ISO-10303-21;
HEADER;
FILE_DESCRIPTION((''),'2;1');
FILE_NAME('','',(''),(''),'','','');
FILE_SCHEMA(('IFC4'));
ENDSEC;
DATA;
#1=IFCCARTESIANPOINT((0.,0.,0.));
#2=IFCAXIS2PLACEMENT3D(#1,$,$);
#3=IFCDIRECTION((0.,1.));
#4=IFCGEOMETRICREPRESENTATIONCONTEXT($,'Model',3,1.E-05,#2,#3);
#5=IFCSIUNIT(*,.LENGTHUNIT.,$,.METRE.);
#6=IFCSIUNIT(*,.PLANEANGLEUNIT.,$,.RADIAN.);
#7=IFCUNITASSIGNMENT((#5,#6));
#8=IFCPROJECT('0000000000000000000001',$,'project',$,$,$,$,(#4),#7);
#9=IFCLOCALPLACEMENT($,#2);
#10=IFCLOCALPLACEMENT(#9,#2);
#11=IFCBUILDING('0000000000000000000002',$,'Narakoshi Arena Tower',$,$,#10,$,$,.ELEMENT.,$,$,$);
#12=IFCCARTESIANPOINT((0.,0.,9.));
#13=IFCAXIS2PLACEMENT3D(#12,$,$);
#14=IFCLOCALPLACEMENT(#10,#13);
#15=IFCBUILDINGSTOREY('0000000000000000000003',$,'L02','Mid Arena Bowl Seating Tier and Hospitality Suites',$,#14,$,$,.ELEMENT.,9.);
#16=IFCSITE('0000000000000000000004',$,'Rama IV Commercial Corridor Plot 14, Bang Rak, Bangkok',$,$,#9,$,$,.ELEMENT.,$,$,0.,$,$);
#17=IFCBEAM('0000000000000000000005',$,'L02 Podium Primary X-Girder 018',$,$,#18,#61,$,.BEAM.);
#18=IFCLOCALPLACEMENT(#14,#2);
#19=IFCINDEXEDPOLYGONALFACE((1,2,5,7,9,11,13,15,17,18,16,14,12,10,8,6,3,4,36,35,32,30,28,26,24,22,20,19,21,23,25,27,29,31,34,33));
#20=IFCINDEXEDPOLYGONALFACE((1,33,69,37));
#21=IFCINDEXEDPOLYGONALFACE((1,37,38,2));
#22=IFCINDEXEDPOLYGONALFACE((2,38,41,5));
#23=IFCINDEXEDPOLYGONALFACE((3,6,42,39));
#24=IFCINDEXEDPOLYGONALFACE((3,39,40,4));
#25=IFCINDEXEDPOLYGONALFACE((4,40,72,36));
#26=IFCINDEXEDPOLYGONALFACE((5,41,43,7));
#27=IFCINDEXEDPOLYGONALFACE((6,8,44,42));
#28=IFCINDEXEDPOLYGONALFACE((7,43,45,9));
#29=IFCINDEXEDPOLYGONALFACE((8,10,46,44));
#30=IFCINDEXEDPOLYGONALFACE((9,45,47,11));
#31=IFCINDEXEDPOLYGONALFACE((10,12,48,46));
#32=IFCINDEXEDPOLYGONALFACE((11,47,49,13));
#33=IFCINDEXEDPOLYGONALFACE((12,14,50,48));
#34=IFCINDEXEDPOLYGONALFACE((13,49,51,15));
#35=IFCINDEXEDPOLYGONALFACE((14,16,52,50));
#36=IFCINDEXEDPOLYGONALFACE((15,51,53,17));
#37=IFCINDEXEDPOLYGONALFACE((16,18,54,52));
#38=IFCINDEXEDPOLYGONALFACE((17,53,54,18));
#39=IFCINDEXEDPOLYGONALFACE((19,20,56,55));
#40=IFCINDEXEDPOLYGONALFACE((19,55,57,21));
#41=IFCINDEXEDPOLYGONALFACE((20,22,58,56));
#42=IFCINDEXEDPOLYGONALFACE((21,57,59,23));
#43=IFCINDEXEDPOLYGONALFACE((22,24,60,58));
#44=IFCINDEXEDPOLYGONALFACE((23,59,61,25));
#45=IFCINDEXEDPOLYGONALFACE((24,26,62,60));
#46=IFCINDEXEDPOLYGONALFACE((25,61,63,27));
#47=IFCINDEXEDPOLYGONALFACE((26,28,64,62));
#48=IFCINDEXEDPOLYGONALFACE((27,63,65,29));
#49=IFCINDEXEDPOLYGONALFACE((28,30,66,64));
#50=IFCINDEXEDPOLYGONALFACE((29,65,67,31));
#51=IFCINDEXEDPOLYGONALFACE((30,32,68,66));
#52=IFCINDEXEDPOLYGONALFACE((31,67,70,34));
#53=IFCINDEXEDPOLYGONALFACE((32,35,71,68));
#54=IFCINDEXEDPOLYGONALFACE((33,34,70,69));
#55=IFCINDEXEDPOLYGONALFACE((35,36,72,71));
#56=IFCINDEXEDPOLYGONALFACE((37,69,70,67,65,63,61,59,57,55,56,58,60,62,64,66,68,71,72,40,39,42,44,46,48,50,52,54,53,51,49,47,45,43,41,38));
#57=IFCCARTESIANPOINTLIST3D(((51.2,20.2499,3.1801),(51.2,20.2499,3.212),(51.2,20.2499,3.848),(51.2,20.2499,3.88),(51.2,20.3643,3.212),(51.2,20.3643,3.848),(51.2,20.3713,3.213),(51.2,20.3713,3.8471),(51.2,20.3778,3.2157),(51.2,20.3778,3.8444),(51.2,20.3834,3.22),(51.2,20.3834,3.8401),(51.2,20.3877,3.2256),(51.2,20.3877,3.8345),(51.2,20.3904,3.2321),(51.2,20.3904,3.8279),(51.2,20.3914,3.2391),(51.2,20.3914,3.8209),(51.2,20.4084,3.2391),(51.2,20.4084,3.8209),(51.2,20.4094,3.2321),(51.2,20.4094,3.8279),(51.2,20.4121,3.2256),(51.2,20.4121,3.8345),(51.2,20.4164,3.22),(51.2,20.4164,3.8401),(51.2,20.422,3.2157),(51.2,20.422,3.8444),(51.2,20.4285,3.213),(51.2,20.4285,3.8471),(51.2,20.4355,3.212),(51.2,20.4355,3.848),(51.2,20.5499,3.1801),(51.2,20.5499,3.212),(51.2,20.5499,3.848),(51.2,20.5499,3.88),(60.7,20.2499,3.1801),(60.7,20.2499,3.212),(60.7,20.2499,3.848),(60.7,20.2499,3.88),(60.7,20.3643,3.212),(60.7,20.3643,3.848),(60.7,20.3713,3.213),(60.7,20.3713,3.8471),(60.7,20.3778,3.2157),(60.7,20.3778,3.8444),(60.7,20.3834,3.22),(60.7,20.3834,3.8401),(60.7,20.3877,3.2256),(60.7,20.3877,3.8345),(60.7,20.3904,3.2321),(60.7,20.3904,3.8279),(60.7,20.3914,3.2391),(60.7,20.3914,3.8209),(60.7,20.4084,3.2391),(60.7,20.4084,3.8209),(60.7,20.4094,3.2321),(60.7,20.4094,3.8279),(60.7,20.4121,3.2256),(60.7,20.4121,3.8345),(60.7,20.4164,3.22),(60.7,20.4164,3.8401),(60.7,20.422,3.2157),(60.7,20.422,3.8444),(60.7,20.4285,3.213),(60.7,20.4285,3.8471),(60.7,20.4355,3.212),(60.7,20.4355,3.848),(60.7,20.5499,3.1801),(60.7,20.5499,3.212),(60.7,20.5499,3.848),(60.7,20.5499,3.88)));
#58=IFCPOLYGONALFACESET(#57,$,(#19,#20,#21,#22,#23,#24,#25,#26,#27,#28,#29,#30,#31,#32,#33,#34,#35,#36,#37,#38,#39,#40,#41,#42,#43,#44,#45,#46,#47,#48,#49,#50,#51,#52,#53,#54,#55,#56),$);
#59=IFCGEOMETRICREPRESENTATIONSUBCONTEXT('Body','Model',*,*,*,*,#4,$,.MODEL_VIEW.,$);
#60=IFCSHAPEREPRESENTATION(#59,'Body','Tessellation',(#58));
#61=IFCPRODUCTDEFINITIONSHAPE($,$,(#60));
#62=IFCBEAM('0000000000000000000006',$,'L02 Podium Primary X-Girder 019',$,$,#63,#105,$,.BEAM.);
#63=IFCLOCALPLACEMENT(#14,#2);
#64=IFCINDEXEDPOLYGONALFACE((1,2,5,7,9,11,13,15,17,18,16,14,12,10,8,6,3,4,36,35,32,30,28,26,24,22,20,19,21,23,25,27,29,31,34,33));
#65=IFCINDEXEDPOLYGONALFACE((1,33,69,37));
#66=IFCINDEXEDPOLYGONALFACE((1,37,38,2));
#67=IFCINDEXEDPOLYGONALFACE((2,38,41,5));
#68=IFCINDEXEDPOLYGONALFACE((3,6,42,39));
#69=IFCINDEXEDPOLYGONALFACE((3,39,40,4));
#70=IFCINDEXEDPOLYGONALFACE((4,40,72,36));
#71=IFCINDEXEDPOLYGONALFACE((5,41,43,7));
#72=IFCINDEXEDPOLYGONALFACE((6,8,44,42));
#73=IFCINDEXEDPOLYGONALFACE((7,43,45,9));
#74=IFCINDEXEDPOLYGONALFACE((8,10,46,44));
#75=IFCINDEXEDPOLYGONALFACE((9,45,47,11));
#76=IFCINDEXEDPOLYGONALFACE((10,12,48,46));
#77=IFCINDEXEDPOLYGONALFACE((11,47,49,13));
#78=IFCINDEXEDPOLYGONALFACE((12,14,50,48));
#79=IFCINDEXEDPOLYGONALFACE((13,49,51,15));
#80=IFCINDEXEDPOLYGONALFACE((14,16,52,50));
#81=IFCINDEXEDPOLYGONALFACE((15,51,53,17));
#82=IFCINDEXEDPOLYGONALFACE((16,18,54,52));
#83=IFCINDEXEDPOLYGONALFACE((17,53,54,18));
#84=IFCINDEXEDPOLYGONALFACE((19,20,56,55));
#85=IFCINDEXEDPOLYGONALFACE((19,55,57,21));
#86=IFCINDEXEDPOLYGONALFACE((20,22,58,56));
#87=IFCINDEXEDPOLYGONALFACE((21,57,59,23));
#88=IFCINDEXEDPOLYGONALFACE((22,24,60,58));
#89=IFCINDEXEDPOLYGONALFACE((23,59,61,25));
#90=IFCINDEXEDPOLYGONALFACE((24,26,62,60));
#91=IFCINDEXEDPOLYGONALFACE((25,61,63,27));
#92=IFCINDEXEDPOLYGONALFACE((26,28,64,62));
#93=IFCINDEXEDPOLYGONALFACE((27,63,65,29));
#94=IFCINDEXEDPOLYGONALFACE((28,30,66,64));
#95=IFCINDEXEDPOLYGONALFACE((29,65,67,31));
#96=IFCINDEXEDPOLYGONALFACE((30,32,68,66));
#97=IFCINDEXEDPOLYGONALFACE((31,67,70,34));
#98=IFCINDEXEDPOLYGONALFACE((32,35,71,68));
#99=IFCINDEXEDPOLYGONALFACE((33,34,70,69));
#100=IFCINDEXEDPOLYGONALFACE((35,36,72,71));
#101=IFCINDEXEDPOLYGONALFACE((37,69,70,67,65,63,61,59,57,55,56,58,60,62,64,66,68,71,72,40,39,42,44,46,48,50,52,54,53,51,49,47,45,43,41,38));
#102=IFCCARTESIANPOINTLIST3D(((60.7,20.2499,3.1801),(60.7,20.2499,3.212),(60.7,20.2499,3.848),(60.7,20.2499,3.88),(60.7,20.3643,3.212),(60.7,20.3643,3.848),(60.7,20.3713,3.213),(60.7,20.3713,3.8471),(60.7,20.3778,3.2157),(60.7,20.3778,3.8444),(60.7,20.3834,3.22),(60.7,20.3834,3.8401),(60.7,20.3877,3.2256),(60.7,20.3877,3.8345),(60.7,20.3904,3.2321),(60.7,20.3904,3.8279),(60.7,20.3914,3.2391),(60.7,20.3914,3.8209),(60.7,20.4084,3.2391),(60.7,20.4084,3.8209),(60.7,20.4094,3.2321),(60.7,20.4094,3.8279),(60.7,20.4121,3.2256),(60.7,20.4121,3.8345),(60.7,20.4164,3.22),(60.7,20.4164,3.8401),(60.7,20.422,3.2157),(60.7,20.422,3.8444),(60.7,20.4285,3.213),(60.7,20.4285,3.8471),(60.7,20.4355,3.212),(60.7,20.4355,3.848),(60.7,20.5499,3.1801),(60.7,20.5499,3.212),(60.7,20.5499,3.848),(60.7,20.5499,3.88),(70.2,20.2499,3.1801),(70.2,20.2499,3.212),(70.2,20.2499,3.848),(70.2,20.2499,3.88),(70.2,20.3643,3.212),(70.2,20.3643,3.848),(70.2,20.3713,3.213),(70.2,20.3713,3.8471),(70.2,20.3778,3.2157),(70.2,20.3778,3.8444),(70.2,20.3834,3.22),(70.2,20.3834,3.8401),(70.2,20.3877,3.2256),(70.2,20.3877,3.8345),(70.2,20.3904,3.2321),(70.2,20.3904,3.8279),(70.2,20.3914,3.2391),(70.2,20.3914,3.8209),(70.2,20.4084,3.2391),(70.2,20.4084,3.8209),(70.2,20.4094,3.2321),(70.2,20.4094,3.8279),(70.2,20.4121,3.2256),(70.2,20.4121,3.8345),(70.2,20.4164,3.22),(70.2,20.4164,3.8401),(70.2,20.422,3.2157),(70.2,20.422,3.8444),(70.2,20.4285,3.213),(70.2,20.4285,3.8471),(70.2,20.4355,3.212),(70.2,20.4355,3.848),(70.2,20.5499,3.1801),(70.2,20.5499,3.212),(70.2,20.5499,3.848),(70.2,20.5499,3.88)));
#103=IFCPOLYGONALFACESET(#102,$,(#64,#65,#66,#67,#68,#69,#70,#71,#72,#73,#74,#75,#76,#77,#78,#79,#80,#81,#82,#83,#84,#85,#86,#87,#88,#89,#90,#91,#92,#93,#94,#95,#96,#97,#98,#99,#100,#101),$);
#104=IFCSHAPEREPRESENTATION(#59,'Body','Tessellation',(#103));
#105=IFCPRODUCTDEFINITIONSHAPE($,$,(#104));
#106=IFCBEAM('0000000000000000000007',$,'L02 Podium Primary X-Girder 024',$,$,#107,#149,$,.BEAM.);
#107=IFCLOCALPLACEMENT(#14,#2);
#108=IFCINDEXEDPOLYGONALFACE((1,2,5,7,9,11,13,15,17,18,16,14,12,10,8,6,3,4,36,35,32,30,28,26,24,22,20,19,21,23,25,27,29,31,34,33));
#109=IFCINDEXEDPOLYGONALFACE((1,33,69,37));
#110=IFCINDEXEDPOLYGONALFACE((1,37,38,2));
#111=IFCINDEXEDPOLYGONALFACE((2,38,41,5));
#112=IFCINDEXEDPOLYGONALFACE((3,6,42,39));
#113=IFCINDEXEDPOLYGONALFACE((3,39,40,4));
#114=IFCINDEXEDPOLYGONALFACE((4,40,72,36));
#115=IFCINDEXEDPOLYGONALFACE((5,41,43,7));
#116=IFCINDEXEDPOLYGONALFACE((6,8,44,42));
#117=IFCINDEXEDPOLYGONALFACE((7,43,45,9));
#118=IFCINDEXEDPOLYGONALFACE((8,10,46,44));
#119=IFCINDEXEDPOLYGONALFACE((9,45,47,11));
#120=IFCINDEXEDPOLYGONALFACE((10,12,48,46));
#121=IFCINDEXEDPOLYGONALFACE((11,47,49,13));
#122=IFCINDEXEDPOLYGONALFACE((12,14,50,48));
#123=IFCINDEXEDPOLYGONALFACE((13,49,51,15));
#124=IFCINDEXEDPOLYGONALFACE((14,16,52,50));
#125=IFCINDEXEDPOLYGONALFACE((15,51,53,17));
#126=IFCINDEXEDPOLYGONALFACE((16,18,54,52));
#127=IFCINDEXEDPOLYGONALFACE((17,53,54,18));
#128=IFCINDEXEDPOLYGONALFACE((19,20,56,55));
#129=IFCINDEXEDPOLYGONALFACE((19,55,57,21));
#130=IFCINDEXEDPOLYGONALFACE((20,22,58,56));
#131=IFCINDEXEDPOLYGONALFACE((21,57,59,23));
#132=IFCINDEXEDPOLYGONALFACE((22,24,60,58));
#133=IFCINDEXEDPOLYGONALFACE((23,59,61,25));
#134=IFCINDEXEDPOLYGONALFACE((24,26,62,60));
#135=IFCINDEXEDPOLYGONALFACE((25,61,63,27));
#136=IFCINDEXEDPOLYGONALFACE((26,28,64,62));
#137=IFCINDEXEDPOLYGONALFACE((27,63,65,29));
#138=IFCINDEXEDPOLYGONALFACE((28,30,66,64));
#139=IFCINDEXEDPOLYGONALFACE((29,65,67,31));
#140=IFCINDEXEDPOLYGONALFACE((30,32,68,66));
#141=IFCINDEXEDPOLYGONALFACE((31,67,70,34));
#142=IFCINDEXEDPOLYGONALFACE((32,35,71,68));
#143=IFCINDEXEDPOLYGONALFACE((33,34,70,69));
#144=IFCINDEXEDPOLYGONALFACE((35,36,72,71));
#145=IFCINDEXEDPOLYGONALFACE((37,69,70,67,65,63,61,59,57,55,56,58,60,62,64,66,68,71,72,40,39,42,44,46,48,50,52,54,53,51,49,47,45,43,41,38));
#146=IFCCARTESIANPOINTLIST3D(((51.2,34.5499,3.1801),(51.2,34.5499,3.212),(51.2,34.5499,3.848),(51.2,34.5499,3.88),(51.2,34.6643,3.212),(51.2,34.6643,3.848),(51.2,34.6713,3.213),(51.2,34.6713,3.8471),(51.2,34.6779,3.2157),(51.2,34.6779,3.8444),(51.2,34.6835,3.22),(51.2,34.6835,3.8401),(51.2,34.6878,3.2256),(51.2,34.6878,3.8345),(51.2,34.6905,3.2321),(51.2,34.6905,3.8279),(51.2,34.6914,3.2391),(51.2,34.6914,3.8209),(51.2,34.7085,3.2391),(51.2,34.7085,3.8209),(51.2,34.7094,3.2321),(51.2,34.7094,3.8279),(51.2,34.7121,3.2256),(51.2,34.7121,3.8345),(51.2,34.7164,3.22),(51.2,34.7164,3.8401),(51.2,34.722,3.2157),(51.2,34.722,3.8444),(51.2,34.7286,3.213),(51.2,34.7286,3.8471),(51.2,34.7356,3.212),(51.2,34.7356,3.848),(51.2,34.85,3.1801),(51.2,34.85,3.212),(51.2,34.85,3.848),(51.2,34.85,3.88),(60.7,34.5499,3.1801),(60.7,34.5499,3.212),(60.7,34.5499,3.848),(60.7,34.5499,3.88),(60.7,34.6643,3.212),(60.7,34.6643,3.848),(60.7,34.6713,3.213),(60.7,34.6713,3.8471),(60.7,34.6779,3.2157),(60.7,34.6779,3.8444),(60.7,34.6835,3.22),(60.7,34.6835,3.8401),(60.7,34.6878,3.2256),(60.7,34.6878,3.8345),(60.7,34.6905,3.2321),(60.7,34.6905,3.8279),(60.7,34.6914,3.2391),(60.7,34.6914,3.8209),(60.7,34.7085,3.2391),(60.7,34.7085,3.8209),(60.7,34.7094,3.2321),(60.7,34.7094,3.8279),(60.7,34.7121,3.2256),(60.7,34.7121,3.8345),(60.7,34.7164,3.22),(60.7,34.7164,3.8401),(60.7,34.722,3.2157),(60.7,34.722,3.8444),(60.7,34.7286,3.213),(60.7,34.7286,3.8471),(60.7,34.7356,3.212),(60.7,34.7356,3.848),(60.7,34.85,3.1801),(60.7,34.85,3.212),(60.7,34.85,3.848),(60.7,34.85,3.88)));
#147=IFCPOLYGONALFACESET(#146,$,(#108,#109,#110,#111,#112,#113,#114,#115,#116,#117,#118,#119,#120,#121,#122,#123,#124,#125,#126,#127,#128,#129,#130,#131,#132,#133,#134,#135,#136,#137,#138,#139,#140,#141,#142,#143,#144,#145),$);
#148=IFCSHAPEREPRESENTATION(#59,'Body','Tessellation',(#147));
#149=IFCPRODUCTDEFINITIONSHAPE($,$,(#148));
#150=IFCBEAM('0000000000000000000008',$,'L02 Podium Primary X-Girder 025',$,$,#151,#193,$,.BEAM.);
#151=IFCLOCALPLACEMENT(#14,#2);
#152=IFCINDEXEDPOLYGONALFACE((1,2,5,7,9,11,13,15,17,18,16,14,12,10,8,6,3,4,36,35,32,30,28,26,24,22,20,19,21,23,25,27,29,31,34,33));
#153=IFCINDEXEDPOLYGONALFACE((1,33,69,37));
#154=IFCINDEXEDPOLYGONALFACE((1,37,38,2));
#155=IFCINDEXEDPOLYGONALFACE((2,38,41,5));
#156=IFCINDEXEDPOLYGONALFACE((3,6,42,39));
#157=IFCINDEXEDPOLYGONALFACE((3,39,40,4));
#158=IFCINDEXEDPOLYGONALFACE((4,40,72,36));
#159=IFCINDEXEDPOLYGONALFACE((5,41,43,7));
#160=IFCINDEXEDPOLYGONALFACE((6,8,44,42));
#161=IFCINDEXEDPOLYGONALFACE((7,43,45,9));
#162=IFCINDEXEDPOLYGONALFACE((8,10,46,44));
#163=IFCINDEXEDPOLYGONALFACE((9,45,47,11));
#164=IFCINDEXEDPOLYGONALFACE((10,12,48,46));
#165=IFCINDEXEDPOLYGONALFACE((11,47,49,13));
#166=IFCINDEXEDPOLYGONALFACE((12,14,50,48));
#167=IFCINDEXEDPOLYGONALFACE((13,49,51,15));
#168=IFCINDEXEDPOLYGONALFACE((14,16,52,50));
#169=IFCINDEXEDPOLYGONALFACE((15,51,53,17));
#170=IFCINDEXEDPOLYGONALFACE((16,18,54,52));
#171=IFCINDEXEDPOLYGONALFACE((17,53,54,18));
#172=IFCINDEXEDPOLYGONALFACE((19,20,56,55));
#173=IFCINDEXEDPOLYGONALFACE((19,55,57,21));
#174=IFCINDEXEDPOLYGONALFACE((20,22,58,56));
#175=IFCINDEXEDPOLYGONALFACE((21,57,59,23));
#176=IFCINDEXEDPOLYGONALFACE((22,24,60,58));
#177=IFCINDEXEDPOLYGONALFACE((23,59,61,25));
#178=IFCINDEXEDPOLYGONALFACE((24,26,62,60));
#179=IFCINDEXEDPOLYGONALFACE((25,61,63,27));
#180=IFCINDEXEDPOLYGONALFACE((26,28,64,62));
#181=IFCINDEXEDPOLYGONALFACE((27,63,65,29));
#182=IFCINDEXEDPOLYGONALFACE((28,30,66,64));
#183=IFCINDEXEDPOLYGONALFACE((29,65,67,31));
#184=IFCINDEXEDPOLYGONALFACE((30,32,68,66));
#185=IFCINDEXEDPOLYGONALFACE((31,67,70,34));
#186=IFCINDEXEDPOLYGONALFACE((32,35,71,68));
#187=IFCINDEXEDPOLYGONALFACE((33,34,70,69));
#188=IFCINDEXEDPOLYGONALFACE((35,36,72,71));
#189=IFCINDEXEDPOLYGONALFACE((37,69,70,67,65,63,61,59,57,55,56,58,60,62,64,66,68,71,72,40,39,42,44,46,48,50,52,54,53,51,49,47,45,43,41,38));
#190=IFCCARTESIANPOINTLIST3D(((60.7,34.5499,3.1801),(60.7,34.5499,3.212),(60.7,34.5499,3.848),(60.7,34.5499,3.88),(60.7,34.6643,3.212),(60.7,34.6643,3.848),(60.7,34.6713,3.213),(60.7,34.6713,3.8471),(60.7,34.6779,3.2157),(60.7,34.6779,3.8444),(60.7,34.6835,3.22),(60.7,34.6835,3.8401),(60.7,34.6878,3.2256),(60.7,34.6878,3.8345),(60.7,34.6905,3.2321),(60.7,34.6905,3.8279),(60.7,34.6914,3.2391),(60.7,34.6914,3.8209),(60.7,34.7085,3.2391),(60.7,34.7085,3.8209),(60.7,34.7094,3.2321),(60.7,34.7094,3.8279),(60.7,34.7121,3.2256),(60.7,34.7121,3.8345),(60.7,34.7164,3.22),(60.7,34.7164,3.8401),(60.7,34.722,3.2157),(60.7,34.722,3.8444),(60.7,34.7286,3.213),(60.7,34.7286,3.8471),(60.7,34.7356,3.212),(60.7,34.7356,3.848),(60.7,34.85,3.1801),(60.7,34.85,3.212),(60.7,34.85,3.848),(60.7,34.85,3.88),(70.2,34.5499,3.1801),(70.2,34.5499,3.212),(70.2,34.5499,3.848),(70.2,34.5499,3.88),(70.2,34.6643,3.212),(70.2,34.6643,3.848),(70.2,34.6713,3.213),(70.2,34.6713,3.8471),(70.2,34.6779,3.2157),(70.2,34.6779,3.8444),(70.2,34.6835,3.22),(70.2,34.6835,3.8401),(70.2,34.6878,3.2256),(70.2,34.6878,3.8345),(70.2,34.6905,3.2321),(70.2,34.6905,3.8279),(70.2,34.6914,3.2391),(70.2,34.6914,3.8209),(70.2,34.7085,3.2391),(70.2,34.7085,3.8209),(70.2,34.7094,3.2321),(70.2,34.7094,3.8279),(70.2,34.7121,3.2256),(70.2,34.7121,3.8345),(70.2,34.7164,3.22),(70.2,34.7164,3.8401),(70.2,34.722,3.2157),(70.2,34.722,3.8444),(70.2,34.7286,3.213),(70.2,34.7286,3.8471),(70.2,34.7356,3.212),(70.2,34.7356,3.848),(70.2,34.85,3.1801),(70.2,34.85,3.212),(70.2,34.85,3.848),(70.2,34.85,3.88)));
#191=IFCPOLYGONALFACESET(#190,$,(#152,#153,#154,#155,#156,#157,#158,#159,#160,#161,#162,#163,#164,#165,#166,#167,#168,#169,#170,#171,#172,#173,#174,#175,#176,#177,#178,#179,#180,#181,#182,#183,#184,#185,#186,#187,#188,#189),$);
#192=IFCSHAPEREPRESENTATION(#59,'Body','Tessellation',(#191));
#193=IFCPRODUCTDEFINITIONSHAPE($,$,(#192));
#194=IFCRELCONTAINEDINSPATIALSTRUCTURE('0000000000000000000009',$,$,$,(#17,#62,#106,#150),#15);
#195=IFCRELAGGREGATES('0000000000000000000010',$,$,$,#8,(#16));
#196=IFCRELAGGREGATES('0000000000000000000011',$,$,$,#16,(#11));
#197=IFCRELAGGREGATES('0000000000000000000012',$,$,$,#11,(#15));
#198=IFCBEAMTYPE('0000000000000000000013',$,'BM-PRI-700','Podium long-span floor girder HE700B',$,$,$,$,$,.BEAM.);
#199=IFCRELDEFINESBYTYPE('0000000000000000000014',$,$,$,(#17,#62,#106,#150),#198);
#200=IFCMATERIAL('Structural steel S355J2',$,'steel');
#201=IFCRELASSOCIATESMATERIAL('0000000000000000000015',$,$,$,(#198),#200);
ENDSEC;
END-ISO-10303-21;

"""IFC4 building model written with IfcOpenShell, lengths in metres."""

from ifc_helpers import new_model, si_unit, direction, frame, origin, origin_2d, place, context, subcontext, project, spatial, i_section, extrude, material, material_profile, profile_set, type_object, element, save


model = new_model("IFC4")

# Units and contexts
model_context = context("Model", 3, precision=1e-05, world=origin(), true_north=direction((0.0, 1.0)))
body_context = subcontext(model_context, "Body", "Model", "MODEL_VIEW")
ifc_project = project(units=[si_unit("LENGTHUNIT", "METRE"), si_unit("PLANEANGLEUNIT", "RADIAN")], contexts=[model_context])

# Site, building, storey
site_placement = place(None, origin())
site = spatial("IfcSite", under=ifc_project, at=site_placement, Name="Rama IV Commercial Corridor Plot 14, Bang Rak, Bangkok", CompositionType="ELEMENT", RefElevation=0.0)
building_placement = place(site_placement, origin())
building = spatial("IfcBuilding", under=site, at=building_placement, Name="Narakoshi Arena Tower", CompositionType="ELEMENT")
storey_placement = place(building_placement, frame((0.0, 0.0, 9.0)))
storey = spatial("IfcBuildingStorey", under=building, at=storey_placement, Name="L02", Description="Mid Arena Bowl Seating Tier and Hospitality Suites", CompositionType="ELEMENT", Elevation=9.0)

# Beams
ifc_material_1 = material(Name="Structural steel S355J2", Category="steel")
ifc_material_profile_1 = material_profile(ifc_material_1, i_section(OverallWidth=0.3, OverallDepth=0.7, WebThickness=0.0171, FlangeThickness=0.032, FilletRadius=0.0271, at=origin_2d()), Name="HE700B")
ifc_profile_set_1 = profile_set([ifc_material_profile_1], Name="Structural steel S355J2")
beam_type_1 = type_object("IfcBeamType", Name="BM-PRI-700", Description="Podium long-span floor girder HE700B", PredefinedType="BEAM", material=ifc_profile_set_1)
for number, where, z_axis, x_axis, name in (
    (1, (51.2, 20.3999, 3.53), (1.0, 0.0, 0.0), (0.0, 1.0, 0.0), "L02 Podium Primary X-Girder 018"),
    (2, (60.7, 20.3999, 3.53), (1.0, 0.0, 0.0), (0.0, 1.0, 0.0), "L02 Podium Primary X-Girder 019"),
    (3, (51.2, 34.7, 3.53), (1.0, 0.0, 0.0), (0.0, 1.0, 0.0), "L02 Podium Primary X-Girder 024"),
    (4, (60.7, 34.7, 3.53), (1.0, 0.0, 0.0), (0.0, 1.0, 0.0), "L02 Podium Primary X-Girder 025"),
):
    element("IfcBeam", number, at=place(storey_placement, frame(where, z_axis=z_axis, x_axis=x_axis)), inside=storey, type_object=beam_type_1, Name=name, PredefinedType="BEAM", context=body_context, shape_type="SweptSolid", body=[
        extrude(i_section(OverallWidth=0.3, OverallDepth=0.7, WebThickness=0.0171, FlangeThickness=0.032, FilletRadius=0.0271, at=origin_2d()), origin(), (0.0, 0.0, 1.0), 9.5),
    ])

save(model, "model.ifc")
